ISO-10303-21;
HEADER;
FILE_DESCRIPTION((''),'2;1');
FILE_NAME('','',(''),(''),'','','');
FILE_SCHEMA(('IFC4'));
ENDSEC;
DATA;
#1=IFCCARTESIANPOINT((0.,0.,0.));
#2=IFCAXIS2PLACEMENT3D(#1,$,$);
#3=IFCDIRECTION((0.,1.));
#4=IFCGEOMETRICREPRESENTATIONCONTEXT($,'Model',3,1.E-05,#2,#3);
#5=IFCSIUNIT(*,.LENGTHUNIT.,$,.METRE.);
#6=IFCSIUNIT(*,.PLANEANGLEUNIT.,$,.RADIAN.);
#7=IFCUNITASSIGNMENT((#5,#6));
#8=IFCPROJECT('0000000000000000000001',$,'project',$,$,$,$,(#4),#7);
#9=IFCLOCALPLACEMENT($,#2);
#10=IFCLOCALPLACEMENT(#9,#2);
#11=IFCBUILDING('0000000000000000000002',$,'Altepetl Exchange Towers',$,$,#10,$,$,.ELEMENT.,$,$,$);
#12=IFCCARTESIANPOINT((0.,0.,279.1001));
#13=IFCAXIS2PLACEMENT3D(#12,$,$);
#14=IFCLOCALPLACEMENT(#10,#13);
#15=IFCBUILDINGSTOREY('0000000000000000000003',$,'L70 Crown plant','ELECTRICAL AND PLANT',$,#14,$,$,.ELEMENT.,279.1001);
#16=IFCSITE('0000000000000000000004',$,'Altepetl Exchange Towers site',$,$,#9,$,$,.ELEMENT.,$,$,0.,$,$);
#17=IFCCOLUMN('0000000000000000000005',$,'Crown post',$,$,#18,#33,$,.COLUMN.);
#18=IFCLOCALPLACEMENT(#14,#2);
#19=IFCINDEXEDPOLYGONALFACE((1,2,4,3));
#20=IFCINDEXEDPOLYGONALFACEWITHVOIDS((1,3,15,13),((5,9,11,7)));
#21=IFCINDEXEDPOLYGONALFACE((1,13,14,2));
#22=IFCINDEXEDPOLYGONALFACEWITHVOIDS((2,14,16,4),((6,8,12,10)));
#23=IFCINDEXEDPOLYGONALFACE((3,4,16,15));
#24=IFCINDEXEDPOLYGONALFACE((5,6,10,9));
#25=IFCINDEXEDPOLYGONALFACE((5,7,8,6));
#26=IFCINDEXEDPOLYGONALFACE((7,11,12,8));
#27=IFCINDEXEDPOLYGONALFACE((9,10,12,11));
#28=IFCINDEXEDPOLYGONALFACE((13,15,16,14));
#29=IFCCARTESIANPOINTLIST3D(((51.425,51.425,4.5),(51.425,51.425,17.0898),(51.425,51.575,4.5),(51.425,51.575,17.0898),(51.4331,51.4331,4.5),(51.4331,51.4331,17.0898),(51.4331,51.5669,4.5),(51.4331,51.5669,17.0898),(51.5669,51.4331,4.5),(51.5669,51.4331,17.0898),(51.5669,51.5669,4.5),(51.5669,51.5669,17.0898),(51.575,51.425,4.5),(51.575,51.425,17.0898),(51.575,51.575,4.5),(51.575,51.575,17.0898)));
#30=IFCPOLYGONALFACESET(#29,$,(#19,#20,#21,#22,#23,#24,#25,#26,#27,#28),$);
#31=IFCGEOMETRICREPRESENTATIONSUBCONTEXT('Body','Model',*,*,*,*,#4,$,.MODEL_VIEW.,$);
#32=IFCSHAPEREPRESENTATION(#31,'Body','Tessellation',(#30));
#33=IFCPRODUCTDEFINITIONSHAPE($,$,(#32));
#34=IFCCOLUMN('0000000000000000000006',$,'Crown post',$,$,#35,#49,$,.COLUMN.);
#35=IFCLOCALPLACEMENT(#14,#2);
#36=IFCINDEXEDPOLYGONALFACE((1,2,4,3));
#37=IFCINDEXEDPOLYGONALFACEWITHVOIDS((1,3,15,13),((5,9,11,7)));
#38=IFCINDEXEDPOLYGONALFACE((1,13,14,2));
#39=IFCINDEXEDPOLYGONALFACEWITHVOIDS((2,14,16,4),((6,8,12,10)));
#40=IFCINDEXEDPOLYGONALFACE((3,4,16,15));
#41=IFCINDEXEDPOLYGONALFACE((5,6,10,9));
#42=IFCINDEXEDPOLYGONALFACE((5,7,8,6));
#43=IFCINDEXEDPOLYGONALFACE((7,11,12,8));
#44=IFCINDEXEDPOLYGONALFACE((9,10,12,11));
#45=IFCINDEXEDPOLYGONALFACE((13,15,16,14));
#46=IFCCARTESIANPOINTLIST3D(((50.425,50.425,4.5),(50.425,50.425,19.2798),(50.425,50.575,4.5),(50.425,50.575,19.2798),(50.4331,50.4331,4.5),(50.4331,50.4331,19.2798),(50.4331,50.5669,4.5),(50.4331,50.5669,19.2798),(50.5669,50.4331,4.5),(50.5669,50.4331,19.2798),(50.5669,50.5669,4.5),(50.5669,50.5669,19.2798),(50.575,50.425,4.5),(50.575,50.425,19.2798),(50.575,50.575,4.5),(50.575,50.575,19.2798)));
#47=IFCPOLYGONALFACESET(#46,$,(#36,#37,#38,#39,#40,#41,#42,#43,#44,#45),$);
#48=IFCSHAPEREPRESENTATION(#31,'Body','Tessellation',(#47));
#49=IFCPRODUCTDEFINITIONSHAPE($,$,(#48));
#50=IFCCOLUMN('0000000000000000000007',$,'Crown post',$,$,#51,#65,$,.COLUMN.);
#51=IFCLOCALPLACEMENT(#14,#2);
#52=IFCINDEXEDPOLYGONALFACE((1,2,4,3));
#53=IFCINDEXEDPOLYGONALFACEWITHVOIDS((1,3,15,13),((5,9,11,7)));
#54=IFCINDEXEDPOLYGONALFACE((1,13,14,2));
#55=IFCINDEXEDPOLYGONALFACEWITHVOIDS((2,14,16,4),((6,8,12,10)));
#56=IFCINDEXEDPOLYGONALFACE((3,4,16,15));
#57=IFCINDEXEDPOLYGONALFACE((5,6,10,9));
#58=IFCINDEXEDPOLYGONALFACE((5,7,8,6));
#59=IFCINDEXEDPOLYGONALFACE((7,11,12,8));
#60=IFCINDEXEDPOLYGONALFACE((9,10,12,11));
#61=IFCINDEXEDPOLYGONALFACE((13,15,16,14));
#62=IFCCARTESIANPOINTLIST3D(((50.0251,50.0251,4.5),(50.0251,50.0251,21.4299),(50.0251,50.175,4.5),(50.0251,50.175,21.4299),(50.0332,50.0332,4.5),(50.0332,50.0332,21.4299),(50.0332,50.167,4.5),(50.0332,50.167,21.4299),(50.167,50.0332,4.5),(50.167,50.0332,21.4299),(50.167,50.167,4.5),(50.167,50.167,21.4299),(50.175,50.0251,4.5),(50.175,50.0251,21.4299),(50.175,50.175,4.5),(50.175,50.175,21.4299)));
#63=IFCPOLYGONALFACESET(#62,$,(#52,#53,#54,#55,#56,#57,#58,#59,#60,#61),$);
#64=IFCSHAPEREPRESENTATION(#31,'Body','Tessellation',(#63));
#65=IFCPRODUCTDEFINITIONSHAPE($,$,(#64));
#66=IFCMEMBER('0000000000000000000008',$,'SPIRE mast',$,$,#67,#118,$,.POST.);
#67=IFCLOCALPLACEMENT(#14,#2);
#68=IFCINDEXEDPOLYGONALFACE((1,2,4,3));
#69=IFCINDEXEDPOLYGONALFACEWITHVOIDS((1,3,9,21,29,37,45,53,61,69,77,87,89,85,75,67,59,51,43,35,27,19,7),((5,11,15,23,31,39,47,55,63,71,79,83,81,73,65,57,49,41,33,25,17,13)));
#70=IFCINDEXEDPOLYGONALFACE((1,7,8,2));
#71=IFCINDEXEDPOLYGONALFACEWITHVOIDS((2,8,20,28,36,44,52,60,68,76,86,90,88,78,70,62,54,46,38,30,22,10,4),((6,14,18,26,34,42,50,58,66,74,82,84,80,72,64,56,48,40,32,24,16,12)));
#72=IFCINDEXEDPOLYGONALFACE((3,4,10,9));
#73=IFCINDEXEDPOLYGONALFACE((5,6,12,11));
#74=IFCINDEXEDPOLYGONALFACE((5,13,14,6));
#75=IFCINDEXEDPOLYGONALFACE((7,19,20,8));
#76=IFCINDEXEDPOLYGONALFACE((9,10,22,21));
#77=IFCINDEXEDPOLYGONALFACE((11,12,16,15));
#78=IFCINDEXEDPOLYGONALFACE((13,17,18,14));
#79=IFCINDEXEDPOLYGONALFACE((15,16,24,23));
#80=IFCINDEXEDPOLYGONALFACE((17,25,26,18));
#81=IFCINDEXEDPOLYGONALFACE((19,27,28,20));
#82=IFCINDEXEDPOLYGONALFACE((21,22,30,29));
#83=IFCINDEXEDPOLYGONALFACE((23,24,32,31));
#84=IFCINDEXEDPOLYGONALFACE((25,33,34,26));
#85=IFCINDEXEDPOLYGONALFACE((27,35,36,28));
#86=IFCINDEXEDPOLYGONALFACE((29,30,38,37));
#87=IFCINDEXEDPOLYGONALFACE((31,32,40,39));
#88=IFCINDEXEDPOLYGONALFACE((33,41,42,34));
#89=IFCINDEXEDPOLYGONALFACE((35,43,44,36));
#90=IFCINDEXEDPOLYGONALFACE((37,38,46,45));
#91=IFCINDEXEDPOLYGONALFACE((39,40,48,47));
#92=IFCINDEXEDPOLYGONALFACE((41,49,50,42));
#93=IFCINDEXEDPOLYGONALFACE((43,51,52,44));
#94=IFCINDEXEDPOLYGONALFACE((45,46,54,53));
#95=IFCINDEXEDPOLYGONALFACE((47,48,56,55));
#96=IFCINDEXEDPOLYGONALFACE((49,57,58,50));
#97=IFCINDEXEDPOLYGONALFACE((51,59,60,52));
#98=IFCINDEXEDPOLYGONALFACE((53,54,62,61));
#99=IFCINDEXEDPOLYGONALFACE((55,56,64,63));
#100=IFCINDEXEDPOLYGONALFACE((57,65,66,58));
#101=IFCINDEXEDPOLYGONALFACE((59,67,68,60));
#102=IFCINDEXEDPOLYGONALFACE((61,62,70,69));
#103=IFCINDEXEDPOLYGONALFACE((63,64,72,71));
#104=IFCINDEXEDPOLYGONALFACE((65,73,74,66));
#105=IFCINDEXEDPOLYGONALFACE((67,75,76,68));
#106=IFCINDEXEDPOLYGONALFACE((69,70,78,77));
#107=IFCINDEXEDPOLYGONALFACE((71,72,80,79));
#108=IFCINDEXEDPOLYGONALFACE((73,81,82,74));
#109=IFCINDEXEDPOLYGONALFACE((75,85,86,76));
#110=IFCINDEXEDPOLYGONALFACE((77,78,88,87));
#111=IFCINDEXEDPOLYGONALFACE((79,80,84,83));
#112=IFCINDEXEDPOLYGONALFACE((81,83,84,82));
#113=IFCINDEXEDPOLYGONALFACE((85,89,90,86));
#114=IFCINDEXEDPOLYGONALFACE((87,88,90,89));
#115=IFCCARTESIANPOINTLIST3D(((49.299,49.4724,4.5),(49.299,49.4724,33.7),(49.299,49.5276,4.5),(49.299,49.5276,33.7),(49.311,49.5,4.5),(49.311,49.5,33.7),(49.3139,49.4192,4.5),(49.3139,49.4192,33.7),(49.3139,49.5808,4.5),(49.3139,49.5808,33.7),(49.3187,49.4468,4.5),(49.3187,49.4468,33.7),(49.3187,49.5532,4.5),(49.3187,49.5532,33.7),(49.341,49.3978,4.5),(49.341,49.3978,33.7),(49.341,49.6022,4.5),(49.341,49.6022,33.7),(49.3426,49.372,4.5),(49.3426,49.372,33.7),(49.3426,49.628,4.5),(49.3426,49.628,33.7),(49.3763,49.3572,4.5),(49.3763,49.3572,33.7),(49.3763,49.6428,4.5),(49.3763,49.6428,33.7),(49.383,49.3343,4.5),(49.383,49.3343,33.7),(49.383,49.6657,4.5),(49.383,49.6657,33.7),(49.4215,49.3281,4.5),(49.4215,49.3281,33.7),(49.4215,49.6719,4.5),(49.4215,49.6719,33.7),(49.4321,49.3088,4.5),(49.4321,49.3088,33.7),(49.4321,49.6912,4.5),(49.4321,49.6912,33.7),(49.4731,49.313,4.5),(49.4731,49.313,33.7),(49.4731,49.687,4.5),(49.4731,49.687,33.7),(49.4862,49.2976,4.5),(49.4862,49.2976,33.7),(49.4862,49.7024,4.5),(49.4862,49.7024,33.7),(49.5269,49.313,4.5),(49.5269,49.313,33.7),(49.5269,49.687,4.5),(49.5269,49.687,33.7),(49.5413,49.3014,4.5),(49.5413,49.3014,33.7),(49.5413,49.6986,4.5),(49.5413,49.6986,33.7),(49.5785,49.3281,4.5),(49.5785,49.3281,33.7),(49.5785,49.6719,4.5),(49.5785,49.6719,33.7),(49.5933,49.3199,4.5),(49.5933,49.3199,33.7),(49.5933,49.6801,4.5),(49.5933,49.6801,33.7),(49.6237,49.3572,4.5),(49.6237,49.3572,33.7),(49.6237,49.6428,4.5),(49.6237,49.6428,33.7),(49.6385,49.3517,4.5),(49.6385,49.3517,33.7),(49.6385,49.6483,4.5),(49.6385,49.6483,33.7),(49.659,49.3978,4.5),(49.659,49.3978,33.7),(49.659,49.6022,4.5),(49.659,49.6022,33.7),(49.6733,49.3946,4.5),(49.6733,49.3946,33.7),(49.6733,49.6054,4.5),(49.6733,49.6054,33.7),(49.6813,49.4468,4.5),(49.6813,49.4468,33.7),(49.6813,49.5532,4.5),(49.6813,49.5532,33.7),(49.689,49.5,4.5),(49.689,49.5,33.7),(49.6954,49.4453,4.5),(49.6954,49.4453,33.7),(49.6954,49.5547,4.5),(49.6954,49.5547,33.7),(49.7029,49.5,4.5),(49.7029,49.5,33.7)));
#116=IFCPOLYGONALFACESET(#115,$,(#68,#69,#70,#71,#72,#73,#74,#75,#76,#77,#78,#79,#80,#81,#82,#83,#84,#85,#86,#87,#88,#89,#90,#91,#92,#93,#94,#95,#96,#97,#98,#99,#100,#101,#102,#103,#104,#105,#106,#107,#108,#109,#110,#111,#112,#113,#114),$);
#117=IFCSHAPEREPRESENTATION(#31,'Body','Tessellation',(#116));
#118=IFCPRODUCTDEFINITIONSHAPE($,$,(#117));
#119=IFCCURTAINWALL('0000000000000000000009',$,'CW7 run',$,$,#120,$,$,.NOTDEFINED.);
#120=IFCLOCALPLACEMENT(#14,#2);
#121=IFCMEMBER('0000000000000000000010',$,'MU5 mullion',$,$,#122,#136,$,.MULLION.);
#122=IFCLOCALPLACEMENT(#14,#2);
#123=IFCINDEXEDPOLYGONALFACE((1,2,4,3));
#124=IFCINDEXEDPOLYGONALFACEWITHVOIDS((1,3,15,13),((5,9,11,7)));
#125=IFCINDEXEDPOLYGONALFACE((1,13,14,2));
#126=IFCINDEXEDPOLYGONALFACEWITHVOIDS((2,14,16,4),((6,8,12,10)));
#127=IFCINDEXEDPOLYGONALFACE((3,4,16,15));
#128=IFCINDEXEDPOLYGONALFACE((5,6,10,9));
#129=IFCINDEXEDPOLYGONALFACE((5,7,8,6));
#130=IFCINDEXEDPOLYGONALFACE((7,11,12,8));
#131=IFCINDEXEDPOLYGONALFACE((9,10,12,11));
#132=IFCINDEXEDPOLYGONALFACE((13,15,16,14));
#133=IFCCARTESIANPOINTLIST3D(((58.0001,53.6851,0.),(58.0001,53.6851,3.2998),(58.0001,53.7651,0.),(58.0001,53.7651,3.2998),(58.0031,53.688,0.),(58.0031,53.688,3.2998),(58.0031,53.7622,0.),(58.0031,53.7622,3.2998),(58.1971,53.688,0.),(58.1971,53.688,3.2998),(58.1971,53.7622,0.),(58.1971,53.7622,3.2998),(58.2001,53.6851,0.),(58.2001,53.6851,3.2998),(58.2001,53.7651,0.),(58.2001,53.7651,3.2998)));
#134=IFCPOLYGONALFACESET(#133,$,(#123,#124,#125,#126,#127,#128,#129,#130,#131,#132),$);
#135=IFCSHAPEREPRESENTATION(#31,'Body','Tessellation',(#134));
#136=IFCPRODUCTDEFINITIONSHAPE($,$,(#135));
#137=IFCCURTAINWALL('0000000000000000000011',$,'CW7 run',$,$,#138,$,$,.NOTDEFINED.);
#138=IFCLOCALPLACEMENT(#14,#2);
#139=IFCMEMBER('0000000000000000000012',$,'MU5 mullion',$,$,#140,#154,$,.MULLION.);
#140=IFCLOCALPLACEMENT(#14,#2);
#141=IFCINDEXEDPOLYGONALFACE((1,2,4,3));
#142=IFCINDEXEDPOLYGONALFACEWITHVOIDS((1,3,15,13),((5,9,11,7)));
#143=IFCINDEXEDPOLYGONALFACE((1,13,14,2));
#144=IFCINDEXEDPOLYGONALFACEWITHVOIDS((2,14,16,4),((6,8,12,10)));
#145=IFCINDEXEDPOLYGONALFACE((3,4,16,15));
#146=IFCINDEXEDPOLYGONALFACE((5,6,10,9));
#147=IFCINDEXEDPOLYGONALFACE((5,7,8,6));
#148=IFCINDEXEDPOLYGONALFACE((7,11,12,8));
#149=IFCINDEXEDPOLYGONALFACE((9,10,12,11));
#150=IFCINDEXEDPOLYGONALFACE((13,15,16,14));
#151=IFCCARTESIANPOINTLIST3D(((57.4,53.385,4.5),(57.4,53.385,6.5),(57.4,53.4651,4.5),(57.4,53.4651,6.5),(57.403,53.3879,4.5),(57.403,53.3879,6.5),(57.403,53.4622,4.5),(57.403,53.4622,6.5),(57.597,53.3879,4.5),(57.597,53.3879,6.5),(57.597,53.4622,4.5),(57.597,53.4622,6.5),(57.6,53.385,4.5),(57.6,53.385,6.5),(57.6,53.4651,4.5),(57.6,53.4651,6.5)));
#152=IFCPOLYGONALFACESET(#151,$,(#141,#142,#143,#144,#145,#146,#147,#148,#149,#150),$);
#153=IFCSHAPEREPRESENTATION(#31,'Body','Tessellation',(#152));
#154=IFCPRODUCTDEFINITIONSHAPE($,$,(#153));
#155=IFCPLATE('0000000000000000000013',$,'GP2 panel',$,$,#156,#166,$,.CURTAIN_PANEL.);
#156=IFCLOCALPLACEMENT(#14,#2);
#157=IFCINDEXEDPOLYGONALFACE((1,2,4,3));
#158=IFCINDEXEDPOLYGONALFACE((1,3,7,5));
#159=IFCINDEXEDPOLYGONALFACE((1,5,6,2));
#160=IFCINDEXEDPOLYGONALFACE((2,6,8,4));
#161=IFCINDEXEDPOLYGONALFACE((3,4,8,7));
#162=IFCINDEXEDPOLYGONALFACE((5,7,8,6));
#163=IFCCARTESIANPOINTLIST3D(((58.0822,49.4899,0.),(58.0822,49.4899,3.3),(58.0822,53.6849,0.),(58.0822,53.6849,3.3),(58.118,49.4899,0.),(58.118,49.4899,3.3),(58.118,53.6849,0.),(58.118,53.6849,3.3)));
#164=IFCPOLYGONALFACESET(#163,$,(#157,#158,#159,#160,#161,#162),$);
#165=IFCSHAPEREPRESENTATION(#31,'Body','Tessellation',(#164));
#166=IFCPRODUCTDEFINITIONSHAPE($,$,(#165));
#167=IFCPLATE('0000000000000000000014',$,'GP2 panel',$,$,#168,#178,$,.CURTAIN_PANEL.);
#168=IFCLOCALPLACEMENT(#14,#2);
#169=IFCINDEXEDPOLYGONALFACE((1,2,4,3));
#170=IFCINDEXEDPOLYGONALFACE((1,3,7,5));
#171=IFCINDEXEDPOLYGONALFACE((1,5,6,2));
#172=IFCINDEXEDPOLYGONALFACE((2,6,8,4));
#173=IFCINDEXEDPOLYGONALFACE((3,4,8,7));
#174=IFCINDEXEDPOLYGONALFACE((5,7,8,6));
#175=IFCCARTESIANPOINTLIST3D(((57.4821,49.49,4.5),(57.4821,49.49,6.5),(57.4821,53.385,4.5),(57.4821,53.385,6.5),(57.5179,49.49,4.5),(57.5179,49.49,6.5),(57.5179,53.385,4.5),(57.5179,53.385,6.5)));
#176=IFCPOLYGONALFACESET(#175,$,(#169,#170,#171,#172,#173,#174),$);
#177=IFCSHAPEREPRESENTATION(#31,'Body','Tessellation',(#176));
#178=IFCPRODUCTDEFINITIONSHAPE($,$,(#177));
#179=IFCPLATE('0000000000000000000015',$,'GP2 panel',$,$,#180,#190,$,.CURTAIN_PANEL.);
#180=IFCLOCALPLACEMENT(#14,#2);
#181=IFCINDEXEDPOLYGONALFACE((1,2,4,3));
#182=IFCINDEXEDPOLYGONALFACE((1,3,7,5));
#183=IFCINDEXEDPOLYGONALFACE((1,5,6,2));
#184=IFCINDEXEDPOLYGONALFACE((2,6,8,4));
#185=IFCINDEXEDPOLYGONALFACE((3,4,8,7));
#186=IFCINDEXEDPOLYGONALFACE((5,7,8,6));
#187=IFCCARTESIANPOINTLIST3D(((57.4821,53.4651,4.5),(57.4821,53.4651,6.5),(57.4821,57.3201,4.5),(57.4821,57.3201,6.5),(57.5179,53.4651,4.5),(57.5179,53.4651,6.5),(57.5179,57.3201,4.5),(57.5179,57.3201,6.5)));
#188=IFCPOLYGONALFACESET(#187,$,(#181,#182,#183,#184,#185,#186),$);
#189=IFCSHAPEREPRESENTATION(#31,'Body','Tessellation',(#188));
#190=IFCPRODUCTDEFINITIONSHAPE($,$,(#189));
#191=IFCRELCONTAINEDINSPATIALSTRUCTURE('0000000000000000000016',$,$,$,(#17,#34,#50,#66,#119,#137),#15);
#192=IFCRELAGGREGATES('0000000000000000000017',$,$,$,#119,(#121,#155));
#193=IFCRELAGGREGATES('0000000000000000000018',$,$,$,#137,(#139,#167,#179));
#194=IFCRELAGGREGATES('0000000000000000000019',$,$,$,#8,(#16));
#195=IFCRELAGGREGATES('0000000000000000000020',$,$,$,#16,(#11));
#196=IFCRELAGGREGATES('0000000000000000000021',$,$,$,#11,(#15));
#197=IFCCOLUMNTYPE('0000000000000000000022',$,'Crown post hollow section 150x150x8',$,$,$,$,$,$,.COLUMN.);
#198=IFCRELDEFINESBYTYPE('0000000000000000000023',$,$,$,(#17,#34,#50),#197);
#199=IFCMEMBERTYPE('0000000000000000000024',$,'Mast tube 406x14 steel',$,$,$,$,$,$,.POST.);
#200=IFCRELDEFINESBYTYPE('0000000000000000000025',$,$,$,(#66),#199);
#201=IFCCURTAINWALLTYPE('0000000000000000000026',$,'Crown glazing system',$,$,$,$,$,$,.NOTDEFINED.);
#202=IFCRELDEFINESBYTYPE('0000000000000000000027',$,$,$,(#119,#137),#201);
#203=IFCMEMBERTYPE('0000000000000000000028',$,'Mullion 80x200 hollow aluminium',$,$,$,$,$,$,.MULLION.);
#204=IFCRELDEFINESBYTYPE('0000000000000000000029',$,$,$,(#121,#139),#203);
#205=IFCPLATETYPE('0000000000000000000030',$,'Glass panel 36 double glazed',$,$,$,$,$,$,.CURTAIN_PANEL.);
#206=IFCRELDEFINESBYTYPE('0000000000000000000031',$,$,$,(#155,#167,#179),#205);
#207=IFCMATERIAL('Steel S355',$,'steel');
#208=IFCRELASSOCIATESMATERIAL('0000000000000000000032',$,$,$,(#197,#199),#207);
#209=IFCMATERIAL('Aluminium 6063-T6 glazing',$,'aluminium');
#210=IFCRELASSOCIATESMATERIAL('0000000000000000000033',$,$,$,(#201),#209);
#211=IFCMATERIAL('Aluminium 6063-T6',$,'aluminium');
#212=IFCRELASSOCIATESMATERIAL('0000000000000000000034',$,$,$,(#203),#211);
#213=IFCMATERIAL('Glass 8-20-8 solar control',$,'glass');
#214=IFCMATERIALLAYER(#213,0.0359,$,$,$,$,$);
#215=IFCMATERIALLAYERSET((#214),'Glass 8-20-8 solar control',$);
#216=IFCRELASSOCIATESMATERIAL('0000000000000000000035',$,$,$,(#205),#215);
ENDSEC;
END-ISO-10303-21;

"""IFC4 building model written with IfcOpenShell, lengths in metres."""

from ifc_helpers import new_model, si_unit, direction, frame, origin, origin_2d, place, context, subcontext, project, spatial, rectangle, hollow_rectangle, hollow_circle, extrude, material, layer, layer_set, material_profile, profile_set, type_object, element, aggregate, save


model = new_model("IFC4")

# Units and contexts
model_context = context("Model", 3, precision=1e-05, world=origin(), true_north=direction((0.0, 1.0)))
body_context = subcontext(model_context, "Body", "Model", "MODEL_VIEW")
ifc_project = project(units=[si_unit("LENGTHUNIT", "METRE"), si_unit("PLANEANGLEUNIT", "RADIAN")], contexts=[model_context])

# Site, building, storey
site_placement = place(None, origin())
site = spatial("IfcSite", under=ifc_project, at=site_placement, Name="Altepetl Exchange Towers site", CompositionType="ELEMENT", RefElevation=0.0)
building_placement = place(site_placement, origin())
building = spatial("IfcBuilding", under=site, at=building_placement, Name="Altepetl Exchange Towers", CompositionType="ELEMENT")
storey_placement = place(building_placement, frame((0.0, 0.0, 279.1001)))
storey = spatial("IfcBuildingStorey", under=building, at=storey_placement, Name="L70 Crown plant", Description="ELECTRICAL AND PLANT", CompositionType="ELEMENT", Elevation=279.1001)

# Columns
ifc_material_1 = material(Name="Steel S355", Category="steel")
ifc_material_profile_1 = material_profile(ifc_material_1, hollow_rectangle(XDim=0.1499, YDim=0.1499, WallThickness=0.0081, at=origin_2d()), Name="RHS 150x150x8")
ifc_profile_set_1 = profile_set([ifc_material_profile_1], Name="Steel S355")
column_type = type_object("IfcColumnType", Name="Crown post hollow section 150x150x8", PredefinedType="COLUMN", material=ifc_profile_set_1)
column_1_placement = place(storey_placement, frame((51.5, 51.5, 4.5)))
element("IfcColumn", 1, at=column_1_placement, inside=storey, type_object=column_type, Name="Crown post", PredefinedType="COLUMN", context=body_context, shape_type="SweptSolid", body=[
    extrude(hollow_rectangle(XDim=0.1499, YDim=0.1499, WallThickness=0.0081, at=origin_2d()), origin(), (0.0, 0.0, 1.0), 12.5898),
])
column_2_placement = place(storey_placement, frame((50.5, 50.5, 4.5)))
element("IfcColumn", 2, at=column_2_placement, inside=storey, type_object=column_type, Name="Crown post", PredefinedType="COLUMN", context=body_context, shape_type="SweptSolid", body=[
    extrude(hollow_rectangle(XDim=0.1499, YDim=0.1499, WallThickness=0.0081, at=origin_2d()), origin(), (0.0, 0.0, 1.0), 14.7798),
])
column_3_placement = place(storey_placement, frame((50.1001, 50.1001, 4.5)))
element("IfcColumn", 3, at=column_3_placement, inside=storey, type_object=column_type, Name="Crown post", PredefinedType="COLUMN", context=body_context, shape_type="SweptSolid", body=[
    extrude(hollow_rectangle(XDim=0.1499, YDim=0.1499, WallThickness=0.0081, at=origin_2d()), origin(), (0.0, 0.0, 1.0), 16.9299),
])

# Member
ifc_material_profile_2 = material_profile(ifc_material_1, hollow_circle(Radius=0.2029, WallThickness=0.0139, at=origin_2d()), Name="Mast tube 406x14 steel")
ifc_profile_set_2 = profile_set([ifc_material_profile_2], Name="Steel S355")
member_type_1 = type_object("IfcMemberType", Name="Mast tube 406x14 steel", PredefinedType="POST", material=ifc_profile_set_2)
member_1_placement = place(storey_placement, frame((49.5, 49.5, 4.5)))
element("IfcMember", 4, at=member_1_placement, inside=storey, type_object=member_type_1, Name="SPIRE mast", PredefinedType="POST", context=body_context, shape_type="SweptSolid", body=[
    extrude(hollow_circle(Radius=0.2029, WallThickness=0.0139, at=origin_2d()), origin(), (0.0, 0.0, 1.0), 29.2),
])

# Curtain walls, members
ifc_material_2 = material(Name="Aluminium 6063-T6 glazing", Category="aluminium")
curtain_wall_type = type_object("IfcCurtainWallType", Name="Crown glazing system", PredefinedType="NOTDEFINED", material=ifc_material_2)
curtain_wall_1_placement = place(storey_placement, origin())
curtain_wall_1 = element("IfcCurtainWall", 5, at=curtain_wall_1_placement, inside=storey, type_object=curtain_wall_type, Name="CW7 run", PredefinedType="NOTDEFINED")
ifc_material_3 = material(Name="Aluminium 6063-T6", Category="aluminium")
ifc_material_profile_3 = material_profile(ifc_material_3, hollow_rectangle(XDim=0.0801, YDim=0.2, WallThickness=0.0029, at=origin_2d()), Name="Mullion 80x200 hollow aluminium")
ifc_profile_set_3 = profile_set([ifc_material_profile_3], Name="Aluminium 6063-T6")
member_type_2 = type_object("IfcMemberType", Name="Mullion 80x200 hollow aluminium", PredefinedType="MULLION", material=ifc_profile_set_3)
member_2_placement = place(storey_placement, frame((58.1001, 53.7251, 0.0), z_axis=(0.0, 0.0, 1.0), x_axis=(0.0, 1.0, 0.0)))
member_2 = element("IfcMember", 6, at=member_2_placement, type_object=member_type_2, Name="MU5 mullion", PredefinedType="MULLION", context=body_context, shape_type="SweptSolid", body=[
    extrude(hollow_rectangle(XDim=0.0801, YDim=0.2, WallThickness=0.0029, at=origin_2d()), origin(), (0.0, 0.0, 1.0), 3.2998),
])
curtain_wall_2_placement = place(storey_placement, origin())
curtain_wall_2 = element("IfcCurtainWall", 7, at=curtain_wall_2_placement, inside=storey, type_object=curtain_wall_type, Name="CW7 run", PredefinedType="NOTDEFINED")
member_3_placement = place(storey_placement, frame((57.5, 53.425, 4.5), z_axis=(0.0, 0.0, 1.0), x_axis=(0.0, 1.0, 0.0)))
member_3 = element("IfcMember", 8, at=member_3_placement, type_object=member_type_2, Name="MU5 mullion", PredefinedType="MULLION", context=body_context, shape_type="SweptSolid", body=[
    extrude(hollow_rectangle(XDim=0.0801, YDim=0.2, WallThickness=0.0029, at=origin_2d()), origin(), (0.0, 0.0, 1.0), 2.0),
])

# Plates
ifc_material_4 = material(Name="Glass 8-20-8 solar control", Category="glass")
ifc_layer_1 = layer(ifc_material_4, 0.0359)
ifc_layer_set_1 = layer_set([ifc_layer_1], Name="Glass 8-20-8 solar control")
plate_type = type_object("IfcPlateType", Name="Glass panel 36 double glazed", PredefinedType="CURTAIN_PANEL", material=ifc_layer_set_1)
plate_1_placement = place(storey_placement, frame((58.1001, 51.5874, 0.0), z_axis=(0.0, 0.0, 1.0), x_axis=(0.0, 1.0, 0.0)))
plate_1 = element("IfcPlate", 9, at=plate_1_placement, type_object=plate_type, Name="GP2 panel", PredefinedType="CURTAIN_PANEL", context=body_context, shape_type="SweptSolid", body=[
    extrude(rectangle(XDim=4.1951, YDim=0.0359, at=origin_2d()), origin(), (0.0, 0.0, 1.0), 3.3),
])
aggregate(curtain_wall_1, [member_2, plate_1])
plate_2_placement = place(storey_placement, frame((57.5, 51.4375, 4.5), z_axis=(0.0, 0.0, 1.0), x_axis=(0.0, 1.0, 0.0)))
plate_2 = element("IfcPlate", 10, at=plate_2_placement, type_object=plate_type, Name="GP2 panel", PredefinedType="CURTAIN_PANEL", context=body_context, shape_type="SweptSolid", body=[
    extrude(rectangle(XDim=3.895, YDim=0.0359, at=origin_2d()), origin(), (0.0, 0.0, 1.0), 2.0),
])
plate_3_placement = place(storey_placement, frame((57.5, 55.3926, 4.5), z_axis=(0.0, 0.0, 1.0), x_axis=(0.0, 1.0, 0.0)))
plate_3 = element("IfcPlate", 11, at=plate_3_placement, type_object=plate_type, Name="GP2 panel", PredefinedType="CURTAIN_PANEL", context=body_context, shape_type="SweptSolid", body=[
    extrude(rectangle(XDim=3.855, YDim=0.0359, at=origin_2d()), origin(), (0.0, 0.0, 1.0), 2.0),
])
aggregate(curtain_wall_2, [member_3, plate_2, plate_3])

save(model, "model.ifc")
